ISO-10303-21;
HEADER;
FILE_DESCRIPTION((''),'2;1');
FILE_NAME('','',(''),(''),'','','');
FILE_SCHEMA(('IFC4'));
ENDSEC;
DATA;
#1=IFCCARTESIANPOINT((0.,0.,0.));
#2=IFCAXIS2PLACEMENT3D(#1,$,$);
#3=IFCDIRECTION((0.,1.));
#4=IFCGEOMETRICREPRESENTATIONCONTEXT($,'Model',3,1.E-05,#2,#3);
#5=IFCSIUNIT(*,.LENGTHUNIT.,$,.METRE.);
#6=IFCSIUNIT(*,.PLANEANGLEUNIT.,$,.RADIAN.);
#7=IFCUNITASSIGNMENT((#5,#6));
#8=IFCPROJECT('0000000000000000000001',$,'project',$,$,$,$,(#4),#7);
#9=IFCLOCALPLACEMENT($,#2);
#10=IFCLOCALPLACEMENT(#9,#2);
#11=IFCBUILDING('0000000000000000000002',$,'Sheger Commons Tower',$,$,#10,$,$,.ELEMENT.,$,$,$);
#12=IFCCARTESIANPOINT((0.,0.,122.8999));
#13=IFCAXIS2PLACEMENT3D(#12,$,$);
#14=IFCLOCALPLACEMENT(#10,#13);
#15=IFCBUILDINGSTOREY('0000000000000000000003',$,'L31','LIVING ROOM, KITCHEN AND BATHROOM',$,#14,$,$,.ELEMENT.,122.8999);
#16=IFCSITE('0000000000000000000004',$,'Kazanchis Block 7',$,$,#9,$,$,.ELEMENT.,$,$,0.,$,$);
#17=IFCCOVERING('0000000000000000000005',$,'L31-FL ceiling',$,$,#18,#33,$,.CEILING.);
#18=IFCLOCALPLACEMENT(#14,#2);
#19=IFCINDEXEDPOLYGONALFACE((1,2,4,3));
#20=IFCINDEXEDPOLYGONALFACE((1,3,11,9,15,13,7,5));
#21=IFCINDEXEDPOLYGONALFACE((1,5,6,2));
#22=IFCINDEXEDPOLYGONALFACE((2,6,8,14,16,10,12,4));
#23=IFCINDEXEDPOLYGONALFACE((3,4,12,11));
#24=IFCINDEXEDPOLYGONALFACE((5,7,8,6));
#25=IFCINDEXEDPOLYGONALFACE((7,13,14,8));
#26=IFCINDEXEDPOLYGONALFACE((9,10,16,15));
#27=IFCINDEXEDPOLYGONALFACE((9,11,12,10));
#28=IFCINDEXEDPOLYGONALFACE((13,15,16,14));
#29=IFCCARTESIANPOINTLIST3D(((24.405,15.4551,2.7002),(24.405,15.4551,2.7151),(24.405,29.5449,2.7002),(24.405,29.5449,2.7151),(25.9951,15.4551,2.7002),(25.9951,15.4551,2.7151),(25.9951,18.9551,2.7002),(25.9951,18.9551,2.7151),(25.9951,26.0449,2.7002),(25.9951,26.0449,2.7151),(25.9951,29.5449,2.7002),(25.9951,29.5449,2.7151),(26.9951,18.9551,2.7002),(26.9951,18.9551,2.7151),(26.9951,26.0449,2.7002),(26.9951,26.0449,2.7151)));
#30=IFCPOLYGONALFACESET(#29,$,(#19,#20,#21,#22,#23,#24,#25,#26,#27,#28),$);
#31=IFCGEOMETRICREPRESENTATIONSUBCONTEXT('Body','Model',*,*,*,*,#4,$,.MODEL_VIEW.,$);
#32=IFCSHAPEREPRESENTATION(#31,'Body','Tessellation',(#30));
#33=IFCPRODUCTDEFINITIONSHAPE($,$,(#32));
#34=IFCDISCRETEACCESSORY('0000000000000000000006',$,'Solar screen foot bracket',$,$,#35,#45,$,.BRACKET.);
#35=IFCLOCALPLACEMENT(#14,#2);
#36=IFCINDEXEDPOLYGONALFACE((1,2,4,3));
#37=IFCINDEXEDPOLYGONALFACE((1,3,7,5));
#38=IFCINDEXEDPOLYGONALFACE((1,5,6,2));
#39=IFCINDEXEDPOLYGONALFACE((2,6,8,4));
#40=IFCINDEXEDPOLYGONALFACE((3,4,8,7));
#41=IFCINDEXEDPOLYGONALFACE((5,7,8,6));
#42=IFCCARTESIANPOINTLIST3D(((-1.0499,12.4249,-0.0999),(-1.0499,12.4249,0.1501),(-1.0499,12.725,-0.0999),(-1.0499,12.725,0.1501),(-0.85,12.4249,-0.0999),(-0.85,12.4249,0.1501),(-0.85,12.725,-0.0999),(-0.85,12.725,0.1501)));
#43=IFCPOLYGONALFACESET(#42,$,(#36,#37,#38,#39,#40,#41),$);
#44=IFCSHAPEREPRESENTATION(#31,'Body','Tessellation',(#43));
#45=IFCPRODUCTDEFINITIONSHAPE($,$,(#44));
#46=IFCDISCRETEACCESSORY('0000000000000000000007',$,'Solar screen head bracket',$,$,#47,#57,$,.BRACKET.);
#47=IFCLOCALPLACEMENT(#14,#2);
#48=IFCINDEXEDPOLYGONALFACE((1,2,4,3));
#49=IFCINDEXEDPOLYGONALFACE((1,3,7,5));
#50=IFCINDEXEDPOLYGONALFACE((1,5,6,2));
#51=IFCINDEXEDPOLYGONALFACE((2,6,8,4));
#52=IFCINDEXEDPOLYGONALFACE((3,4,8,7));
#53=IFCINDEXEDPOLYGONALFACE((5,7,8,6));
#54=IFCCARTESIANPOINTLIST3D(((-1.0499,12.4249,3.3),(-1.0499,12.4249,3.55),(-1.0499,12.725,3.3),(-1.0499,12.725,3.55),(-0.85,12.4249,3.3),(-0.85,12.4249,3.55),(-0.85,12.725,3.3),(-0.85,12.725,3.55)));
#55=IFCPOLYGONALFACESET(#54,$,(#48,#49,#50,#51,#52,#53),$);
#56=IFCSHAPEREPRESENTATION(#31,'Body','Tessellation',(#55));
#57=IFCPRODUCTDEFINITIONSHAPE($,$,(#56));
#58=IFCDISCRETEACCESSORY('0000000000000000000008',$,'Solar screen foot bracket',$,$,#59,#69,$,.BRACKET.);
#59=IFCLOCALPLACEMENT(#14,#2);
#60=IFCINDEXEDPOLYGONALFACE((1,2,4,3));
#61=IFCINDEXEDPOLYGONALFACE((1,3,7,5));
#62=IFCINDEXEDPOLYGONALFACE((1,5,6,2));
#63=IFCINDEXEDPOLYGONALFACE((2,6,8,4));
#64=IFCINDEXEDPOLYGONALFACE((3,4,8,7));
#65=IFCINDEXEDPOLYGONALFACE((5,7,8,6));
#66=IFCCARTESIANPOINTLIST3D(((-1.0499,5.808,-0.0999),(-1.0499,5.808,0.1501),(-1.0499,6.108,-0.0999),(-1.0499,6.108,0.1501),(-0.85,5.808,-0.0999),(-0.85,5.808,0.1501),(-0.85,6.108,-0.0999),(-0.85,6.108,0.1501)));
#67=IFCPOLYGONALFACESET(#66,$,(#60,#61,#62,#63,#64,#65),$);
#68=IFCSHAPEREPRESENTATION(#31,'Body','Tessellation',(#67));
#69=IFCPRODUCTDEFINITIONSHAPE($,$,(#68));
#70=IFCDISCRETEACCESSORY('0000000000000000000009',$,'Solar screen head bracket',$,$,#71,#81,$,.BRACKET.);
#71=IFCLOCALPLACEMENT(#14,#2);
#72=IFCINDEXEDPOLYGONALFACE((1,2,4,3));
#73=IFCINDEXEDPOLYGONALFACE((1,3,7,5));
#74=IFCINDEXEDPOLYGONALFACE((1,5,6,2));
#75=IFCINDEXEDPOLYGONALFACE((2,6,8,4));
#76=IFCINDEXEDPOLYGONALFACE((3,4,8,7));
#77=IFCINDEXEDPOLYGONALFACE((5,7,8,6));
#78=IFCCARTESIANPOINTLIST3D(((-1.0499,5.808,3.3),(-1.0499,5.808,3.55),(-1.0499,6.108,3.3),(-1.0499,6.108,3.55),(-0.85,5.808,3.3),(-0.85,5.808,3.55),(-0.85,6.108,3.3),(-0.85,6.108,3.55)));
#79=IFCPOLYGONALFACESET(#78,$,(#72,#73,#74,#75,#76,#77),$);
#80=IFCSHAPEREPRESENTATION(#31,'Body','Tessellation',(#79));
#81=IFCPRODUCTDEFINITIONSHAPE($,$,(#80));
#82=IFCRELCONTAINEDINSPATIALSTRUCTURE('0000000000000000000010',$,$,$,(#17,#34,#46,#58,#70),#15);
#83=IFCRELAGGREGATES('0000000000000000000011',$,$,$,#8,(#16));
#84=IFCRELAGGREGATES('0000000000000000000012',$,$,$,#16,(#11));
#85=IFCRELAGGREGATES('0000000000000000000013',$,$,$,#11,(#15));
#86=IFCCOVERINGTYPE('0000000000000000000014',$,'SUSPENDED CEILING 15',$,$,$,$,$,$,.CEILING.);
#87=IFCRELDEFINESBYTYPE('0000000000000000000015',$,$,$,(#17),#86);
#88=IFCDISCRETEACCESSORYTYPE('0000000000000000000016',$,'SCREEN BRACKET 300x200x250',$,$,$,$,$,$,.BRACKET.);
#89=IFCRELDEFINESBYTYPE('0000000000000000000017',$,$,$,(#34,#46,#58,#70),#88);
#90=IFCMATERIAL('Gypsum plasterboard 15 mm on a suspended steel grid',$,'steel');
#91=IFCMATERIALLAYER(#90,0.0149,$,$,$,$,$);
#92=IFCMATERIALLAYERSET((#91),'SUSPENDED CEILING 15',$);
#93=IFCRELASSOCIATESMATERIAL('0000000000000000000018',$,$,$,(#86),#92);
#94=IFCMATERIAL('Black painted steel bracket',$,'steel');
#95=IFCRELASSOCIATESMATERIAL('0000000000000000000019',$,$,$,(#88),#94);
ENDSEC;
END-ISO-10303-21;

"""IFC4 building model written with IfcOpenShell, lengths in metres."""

from ifc_helpers import new_model, si_unit, direction, frame, origin, origin_2d, place, context, subcontext, project, spatial, polyline, rectangle, outline, extrude, material, layer, layer_set, type_object, element, save


model = new_model("IFC4")

# Units and contexts
model_context = context("Model", 3, precision=1e-05, world=origin(), true_north=direction((0.0, 1.0)))
body_context = subcontext(model_context, "Body", "Model", "MODEL_VIEW")
ifc_project = project(units=[si_unit("LENGTHUNIT", "METRE"), si_unit("PLANEANGLEUNIT", "RADIAN")], contexts=[model_context])

# Site, building, storey
site_placement = place(None, origin())
site = spatial("IfcSite", under=ifc_project, at=site_placement, Name="Kazanchis Block 7", CompositionType="ELEMENT", RefElevation=0.0)
building_placement = place(site_placement, origin())
building = spatial("IfcBuilding", under=site, at=building_placement, Name="Sheger Commons Tower", CompositionType="ELEMENT")
storey_placement = place(building_placement, frame((0.0, 0.0, 122.8999)))
storey = spatial("IfcBuildingStorey", under=building, at=storey_placement, Name="L31", Description="LIVING ROOM, KITCHEN AND BATHROOM", CompositionType="ELEMENT", Elevation=122.8999)

# Covering
ifc_material_1 = material(Name="Gypsum plasterboard 15 mm on a suspended steel grid", Category="steel")
ifc_layer_1 = layer(ifc_material_1, 0.0149)
ifc_layer_set_1 = layer_set([ifc_layer_1], Name="SUSPENDED CEILING 15")
covering_type_1 = type_object("IfcCoveringType", Name="SUSPENDED CEILING 15", PredefinedType="CEILING", material=ifc_layer_set_1)
covering_1_placement = place(storey_placement, frame((0.0, 0.0, 2.7002)))
element("IfcCovering", 1, at=covering_1_placement, inside=storey, type_object=covering_type_1, Name="L31-FL ceiling", PredefinedType="CEILING", context=body_context, shape_type="SweptSolid", body=[
    extrude(outline(polyline([(24.405, 15.4551), (25.9951, 15.4551), (25.9951, 18.9551), (26.9951, 18.9551), (26.9951, 26.0449), (25.9951, 26.0449), (25.9951, 29.5449), (24.405, 29.5449), (24.405, 15.4551)])), origin(), (0.0, 0.0, 1.0), 0.0149),
])

# Discrete accessories
ifc_material_2 = material(Name="Black painted steel bracket", Category="steel")
discrete_accessory_type = type_object("IfcDiscreteAccessoryType", Name="SCREEN BRACKET 300x200x250", PredefinedType="BRACKET", material=ifc_material_2)
for number, where, z_axis, x_axis, name in (
    (2, (-0.95, 12.575, -0.0999), (0.0, 0.0, 1.0), (0.0, -1.0, 0.0), "Solar screen foot bracket"),
    (3, (-0.95, 12.575, 3.3), (0.0, 0.0, 1.0), (0.0, -1.0, 0.0), "Solar screen head bracket"),
    (4, (-0.95, 5.958, -0.0999), (0.0, 0.0, 1.0), (0.0, -1.0, 0.0), "Solar screen foot bracket"),
    (5, (-0.95, 5.958, 3.3), (0.0, 0.0, 1.0), (0.0, -1.0, 0.0), "Solar screen head bracket"),
):
    element("IfcDiscreteAccessory", number, at=place(storey_placement, frame(where, z_axis=z_axis, x_axis=x_axis)), inside=storey, type_object=discrete_accessory_type, Name=name, PredefinedType="BRACKET", context=body_context, shape_type="SweptSolid", body=[
        extrude(rectangle(XDim=0.3, YDim=0.2, at=origin_2d()), origin(), (0.0, 0.0, 1.0), 0.25),
    ])

save(model, "model.ifc")
